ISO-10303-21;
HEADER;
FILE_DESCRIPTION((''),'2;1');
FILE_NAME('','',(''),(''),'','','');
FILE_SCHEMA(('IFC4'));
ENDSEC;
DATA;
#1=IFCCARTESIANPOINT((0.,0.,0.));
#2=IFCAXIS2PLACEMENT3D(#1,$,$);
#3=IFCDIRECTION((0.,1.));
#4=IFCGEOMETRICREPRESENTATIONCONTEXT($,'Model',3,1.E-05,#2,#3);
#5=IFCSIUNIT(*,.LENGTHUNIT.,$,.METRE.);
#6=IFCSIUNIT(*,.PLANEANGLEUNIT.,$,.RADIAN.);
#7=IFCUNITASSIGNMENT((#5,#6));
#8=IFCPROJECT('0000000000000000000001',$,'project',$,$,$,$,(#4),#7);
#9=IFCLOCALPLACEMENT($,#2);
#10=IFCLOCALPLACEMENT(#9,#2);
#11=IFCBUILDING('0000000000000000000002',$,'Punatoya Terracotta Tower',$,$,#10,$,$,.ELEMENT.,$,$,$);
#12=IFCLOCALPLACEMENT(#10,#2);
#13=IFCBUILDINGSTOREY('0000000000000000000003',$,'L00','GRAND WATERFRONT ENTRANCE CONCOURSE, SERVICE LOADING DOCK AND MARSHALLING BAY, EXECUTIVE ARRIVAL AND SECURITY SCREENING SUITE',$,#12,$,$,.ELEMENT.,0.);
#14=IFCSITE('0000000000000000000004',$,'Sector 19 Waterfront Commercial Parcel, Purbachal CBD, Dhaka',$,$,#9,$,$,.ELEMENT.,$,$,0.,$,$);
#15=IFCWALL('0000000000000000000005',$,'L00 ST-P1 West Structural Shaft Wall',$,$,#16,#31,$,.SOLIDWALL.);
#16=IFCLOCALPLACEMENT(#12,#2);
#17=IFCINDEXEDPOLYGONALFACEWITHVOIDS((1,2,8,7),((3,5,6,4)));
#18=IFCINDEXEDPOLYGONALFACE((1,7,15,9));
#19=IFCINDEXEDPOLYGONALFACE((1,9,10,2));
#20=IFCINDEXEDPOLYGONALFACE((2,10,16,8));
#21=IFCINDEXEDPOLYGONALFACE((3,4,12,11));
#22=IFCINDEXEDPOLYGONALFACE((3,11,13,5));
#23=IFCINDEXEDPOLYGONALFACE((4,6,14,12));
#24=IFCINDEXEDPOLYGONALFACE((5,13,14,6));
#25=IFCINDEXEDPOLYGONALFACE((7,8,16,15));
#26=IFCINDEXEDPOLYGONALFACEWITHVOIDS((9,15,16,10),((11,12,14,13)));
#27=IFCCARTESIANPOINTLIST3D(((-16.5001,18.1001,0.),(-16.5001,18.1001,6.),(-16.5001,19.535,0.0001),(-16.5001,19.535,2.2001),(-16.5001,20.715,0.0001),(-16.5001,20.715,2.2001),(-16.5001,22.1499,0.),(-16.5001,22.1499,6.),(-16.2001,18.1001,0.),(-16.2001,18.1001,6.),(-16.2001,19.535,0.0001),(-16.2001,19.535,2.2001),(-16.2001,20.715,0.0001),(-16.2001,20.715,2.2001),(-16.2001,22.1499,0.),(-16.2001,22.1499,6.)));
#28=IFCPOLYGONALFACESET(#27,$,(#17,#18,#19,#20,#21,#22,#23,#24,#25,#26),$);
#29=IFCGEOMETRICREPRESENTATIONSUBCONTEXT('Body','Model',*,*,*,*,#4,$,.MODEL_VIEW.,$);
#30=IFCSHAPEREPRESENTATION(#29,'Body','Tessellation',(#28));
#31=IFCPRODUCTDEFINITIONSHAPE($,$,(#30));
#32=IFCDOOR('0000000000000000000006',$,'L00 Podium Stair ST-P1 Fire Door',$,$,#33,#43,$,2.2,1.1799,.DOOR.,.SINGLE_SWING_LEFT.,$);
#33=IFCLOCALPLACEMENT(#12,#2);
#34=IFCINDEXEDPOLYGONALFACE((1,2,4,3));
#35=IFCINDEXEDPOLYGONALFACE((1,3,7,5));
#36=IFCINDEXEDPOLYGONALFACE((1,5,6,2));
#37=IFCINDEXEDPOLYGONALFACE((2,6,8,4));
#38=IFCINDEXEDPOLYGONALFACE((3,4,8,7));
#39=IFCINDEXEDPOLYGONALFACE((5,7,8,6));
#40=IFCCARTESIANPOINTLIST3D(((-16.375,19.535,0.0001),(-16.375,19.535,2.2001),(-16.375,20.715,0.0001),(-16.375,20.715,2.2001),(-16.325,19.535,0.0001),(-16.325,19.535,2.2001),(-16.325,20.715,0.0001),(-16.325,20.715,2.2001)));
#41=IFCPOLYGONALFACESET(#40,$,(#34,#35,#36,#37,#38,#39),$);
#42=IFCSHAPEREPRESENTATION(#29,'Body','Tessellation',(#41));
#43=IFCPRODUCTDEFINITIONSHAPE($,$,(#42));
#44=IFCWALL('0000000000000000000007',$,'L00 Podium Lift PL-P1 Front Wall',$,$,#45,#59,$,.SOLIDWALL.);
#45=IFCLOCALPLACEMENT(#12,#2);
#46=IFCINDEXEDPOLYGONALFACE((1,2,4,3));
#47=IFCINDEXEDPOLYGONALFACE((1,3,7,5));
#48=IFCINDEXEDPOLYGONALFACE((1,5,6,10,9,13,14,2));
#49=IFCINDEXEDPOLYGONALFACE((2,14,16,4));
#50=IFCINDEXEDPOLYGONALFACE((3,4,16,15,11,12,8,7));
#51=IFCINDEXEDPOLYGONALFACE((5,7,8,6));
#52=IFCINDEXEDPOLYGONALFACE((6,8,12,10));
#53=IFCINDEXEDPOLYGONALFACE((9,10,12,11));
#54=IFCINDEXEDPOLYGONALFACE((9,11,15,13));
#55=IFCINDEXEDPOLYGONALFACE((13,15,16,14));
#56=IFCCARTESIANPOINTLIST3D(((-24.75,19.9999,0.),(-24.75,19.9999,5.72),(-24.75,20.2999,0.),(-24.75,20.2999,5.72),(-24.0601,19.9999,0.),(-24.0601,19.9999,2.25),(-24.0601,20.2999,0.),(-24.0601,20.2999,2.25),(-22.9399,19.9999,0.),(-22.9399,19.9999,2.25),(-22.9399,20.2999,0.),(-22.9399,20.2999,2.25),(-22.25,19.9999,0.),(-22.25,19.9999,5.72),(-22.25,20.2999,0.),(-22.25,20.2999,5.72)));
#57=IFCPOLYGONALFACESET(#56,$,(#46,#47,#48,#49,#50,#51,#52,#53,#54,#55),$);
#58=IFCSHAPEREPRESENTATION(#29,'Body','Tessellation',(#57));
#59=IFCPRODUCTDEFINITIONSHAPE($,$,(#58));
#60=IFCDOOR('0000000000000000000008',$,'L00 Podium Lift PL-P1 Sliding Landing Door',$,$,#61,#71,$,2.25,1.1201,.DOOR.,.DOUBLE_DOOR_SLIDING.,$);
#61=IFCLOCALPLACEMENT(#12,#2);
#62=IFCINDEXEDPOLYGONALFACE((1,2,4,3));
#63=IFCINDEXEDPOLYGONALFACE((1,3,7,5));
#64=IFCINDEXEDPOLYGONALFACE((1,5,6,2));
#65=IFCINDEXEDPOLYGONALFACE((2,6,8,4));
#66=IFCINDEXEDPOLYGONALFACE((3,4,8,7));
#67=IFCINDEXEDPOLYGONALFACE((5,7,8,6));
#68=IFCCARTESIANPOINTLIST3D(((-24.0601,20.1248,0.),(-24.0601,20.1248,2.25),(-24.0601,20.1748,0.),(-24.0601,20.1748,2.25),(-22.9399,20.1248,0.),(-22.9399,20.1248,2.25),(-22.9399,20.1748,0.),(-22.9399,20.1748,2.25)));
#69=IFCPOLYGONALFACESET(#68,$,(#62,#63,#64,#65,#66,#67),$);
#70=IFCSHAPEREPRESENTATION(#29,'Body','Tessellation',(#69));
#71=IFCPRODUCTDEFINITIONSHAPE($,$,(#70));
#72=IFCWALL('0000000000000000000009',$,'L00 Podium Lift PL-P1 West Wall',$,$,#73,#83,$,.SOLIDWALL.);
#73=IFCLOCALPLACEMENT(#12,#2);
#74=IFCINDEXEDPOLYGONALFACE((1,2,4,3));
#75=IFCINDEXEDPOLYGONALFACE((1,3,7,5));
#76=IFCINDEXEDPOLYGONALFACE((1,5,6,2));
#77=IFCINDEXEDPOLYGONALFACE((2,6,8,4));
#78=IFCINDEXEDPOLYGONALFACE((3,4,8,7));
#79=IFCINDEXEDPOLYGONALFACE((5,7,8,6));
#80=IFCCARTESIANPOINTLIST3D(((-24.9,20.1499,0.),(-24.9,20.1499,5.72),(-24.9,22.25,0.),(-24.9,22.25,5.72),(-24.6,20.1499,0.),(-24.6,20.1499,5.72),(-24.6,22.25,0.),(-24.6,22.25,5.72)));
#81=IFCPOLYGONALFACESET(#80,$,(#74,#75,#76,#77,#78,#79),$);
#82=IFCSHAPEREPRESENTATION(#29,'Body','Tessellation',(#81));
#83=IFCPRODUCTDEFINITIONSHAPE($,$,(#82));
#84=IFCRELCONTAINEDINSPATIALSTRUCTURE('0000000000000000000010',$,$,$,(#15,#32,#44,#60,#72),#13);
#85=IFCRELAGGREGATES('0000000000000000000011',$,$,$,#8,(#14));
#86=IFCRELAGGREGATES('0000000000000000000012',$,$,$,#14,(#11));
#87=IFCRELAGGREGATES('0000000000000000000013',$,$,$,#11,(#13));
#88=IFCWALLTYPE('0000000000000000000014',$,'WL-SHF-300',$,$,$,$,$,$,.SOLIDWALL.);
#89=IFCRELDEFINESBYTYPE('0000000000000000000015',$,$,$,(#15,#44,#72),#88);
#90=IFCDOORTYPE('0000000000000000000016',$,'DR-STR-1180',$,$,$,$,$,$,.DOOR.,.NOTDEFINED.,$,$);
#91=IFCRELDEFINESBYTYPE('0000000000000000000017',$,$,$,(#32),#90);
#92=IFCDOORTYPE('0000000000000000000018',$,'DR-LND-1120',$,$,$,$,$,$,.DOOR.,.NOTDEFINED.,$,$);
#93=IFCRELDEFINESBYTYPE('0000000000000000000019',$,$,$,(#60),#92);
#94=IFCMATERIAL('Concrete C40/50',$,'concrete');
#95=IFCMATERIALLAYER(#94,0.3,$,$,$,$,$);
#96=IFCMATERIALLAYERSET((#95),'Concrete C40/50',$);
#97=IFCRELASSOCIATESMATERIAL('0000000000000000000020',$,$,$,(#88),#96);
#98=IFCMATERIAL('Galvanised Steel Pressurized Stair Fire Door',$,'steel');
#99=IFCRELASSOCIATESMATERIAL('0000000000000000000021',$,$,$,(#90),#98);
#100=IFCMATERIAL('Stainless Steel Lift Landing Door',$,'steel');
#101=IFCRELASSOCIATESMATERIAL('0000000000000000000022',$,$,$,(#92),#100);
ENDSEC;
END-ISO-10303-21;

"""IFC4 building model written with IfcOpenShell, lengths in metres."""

from ifc_helpers import new_model, si_unit, direction, frame, frame_2d, origin, place, context, subcontext, project, spatial, rectangle, extrude, material, layer, layer_set, type_object, element, fill, save


model = new_model("IFC4")

# Units and contexts
model_context = context("Model", 3, precision=1e-05, world=origin(), true_north=direction((0.0, 1.0)))
body_context = subcontext(model_context, "Body", "Model", "MODEL_VIEW")
ifc_project = project(units=[si_unit("LENGTHUNIT", "METRE"), si_unit("PLANEANGLEUNIT", "RADIAN")], contexts=[model_context])

# Site, building, storey
site_placement = place(None, origin())
site = spatial("IfcSite", under=ifc_project, at=site_placement, Name="Sector 19 Waterfront Commercial Parcel, Purbachal CBD, Dhaka", CompositionType="ELEMENT", RefElevation=0.0)
building_placement = place(site_placement, origin())
building = spatial("IfcBuilding", under=site, at=building_placement, Name="Punatoya Terracotta Tower", CompositionType="ELEMENT")
storey_placement = place(building_placement, origin())
storey = spatial("IfcBuildingStorey", under=building, at=storey_placement, Name="L00", Description="GRAND WATERFRONT ENTRANCE CONCOURSE, SERVICE LOADING DOCK AND MARSHALLING BAY, EXECUTIVE ARRIVAL AND SECURITY SCREENING SUITE", CompositionType="ELEMENT", Elevation=0.0)

# Shared definitions
ifc_material_1 = material(Name="Concrete C40/50", Category="concrete")
ifc_layer_1 = layer(ifc_material_1, 0.3)
ifc_layer_set_1 = layer_set([ifc_layer_1], Name="Concrete C40/50")
wall_type_1 = type_object("IfcWallType", Name="WL-SHF-300", PredefinedType="SOLIDWALL", material=ifc_layer_set_1)

# Walls, openings, doors
wall_1_placement = place(storey_placement, frame((-16.3501, 18.1001, 0.0), z_axis=(0.0, 0.0, 1.0), x_axis=(0.0, 1.0, 0.0)))
wall_1 = element("IfcWall", 1, at=wall_1_placement, inside=storey, type_object=wall_type_1, Name="L00 ST-P1 West Structural Shaft Wall", PredefinedType="SOLIDWALL", context=body_context, shape_type="SweptSolid", body=[
    extrude(rectangle(XDim=4.0498, YDim=0.3, at=frame_2d((2.0249, 0.0))), origin(), (0.0, 0.0, 1.0), 6.0),
])
opening_1_placement = place(wall_1_placement, frame((1.4351, 0.0, 0.0)))
opening_1 = element("IfcOpeningElement", 2, at=opening_1_placement, cuts=wall_1, PredefinedType="OPENING", context=body_context, shape_type="SweptSolid", body=[
    extrude(rectangle(XDim=1.1799, YDim=2.2, at=frame_2d((0.5898, 1.1001))), frame((0.0, 0.1599, 0.0), z_axis=(0.0, -1.0, 0.0), x_axis=(1.0, 0.0, 0.0)), (0.0, 0.0, 1.0), 0.3201),
])
ifc_material_2 = material(Name="Galvanised Steel Pressurized Stair Fire Door", Category="steel")
door_type_1 = type_object("IfcDoorType", Name="DR-STR-1180", OperationType="NOTDEFINED", PredefinedType="DOOR", material=ifc_material_2)
door_1_placement = place(opening_1_placement, origin())
door_1 = element("IfcDoor", 3, at=door_1_placement, inside=storey, type_object=door_type_1, Name="L00 Podium Stair ST-P1 Fire Door", OperationType="SINGLE_SWING_LEFT", OverallHeight=2.2, OverallWidth=1.1799, PredefinedType="DOOR", context=body_context, shape_type="SweptSolid", body=[
    extrude(rectangle(XDim=1.1799, YDim=2.2, at=frame_2d((0.5898, 1.1001))), frame((0.0, 0.0249, 0.0), z_axis=(0.0, -1.0, 0.0), x_axis=(1.0, 0.0, 0.0)), (0.0, 0.0, 1.0), 0.05),
])
fill(opening_1, door_1)
wall_2_placement = place(storey_placement, frame((-24.75, 20.1499, 0.0), z_axis=(0.0, 0.0, 1.0), x_axis=(1.0, 0.0, 0.0)))
wall_2 = element("IfcWall", 4, at=wall_2_placement, inside=storey, type_object=wall_type_1, Name="L00 Podium Lift PL-P1 Front Wall", PredefinedType="SOLIDWALL", context=body_context, shape_type="SweptSolid", body=[
    extrude(rectangle(XDim=2.5, YDim=0.3, at=frame_2d((1.25, 0.0))), origin(), (0.0, 0.0, 1.0), 5.72),
])
opening_2_placement = place(wall_2_placement, frame((0.6899, 0.0, 0.0)))
opening_2 = element("IfcOpeningElement", 5, at=opening_2_placement, cuts=wall_2, PredefinedType="OPENING", context=body_context, shape_type="SweptSolid", body=[
    extrude(rectangle(XDim=1.1201, YDim=2.25, at=frame_2d((0.5601, 1.125))), frame((0.0, 0.1599, 0.0), z_axis=(0.0, -1.0, 0.0), x_axis=(1.0, 0.0, 0.0)), (0.0, 0.0, 1.0), 0.3201),
])
ifc_material_3 = material(Name="Stainless Steel Lift Landing Door", Category="steel")
door_type_2 = type_object("IfcDoorType", Name="DR-LND-1120", OperationType="NOTDEFINED", PredefinedType="DOOR", material=ifc_material_3)
door_2_placement = place(opening_2_placement, origin())
door_2 = element("IfcDoor", 6, at=door_2_placement, inside=storey, type_object=door_type_2, Name="L00 Podium Lift PL-P1 Sliding Landing Door", OperationType="DOUBLE_DOOR_SLIDING", OverallHeight=2.25, OverallWidth=1.1201, PredefinedType="DOOR", context=body_context, shape_type="SweptSolid", body=[
    extrude(rectangle(XDim=1.1201, YDim=2.25, at=frame_2d((0.5601, 1.125))), frame((0.0, 0.0249, 0.0), z_axis=(0.0, -1.0, 0.0), x_axis=(1.0, 0.0, 0.0)), (0.0, 0.0, 1.0), 0.05),
])
fill(opening_2, door_2)

# Wall
wall_3_placement = place(storey_placement, frame((-24.75, 20.1499, 0.0), z_axis=(0.0, 0.0, 1.0), x_axis=(0.0, 1.0, 0.0)))
element("IfcWall", 7, at=wall_3_placement, inside=storey, type_object=wall_type_1, Name="L00 Podium Lift PL-P1 West Wall", PredefinedType="SOLIDWALL", context=body_context, shape_type="SweptSolid", body=[
    extrude(rectangle(XDim=2.1001, YDim=0.3, at=frame_2d((1.05, 0.0))), origin(), (0.0, 0.0, 1.0), 5.72),
])

save(model, "model.ifc")
